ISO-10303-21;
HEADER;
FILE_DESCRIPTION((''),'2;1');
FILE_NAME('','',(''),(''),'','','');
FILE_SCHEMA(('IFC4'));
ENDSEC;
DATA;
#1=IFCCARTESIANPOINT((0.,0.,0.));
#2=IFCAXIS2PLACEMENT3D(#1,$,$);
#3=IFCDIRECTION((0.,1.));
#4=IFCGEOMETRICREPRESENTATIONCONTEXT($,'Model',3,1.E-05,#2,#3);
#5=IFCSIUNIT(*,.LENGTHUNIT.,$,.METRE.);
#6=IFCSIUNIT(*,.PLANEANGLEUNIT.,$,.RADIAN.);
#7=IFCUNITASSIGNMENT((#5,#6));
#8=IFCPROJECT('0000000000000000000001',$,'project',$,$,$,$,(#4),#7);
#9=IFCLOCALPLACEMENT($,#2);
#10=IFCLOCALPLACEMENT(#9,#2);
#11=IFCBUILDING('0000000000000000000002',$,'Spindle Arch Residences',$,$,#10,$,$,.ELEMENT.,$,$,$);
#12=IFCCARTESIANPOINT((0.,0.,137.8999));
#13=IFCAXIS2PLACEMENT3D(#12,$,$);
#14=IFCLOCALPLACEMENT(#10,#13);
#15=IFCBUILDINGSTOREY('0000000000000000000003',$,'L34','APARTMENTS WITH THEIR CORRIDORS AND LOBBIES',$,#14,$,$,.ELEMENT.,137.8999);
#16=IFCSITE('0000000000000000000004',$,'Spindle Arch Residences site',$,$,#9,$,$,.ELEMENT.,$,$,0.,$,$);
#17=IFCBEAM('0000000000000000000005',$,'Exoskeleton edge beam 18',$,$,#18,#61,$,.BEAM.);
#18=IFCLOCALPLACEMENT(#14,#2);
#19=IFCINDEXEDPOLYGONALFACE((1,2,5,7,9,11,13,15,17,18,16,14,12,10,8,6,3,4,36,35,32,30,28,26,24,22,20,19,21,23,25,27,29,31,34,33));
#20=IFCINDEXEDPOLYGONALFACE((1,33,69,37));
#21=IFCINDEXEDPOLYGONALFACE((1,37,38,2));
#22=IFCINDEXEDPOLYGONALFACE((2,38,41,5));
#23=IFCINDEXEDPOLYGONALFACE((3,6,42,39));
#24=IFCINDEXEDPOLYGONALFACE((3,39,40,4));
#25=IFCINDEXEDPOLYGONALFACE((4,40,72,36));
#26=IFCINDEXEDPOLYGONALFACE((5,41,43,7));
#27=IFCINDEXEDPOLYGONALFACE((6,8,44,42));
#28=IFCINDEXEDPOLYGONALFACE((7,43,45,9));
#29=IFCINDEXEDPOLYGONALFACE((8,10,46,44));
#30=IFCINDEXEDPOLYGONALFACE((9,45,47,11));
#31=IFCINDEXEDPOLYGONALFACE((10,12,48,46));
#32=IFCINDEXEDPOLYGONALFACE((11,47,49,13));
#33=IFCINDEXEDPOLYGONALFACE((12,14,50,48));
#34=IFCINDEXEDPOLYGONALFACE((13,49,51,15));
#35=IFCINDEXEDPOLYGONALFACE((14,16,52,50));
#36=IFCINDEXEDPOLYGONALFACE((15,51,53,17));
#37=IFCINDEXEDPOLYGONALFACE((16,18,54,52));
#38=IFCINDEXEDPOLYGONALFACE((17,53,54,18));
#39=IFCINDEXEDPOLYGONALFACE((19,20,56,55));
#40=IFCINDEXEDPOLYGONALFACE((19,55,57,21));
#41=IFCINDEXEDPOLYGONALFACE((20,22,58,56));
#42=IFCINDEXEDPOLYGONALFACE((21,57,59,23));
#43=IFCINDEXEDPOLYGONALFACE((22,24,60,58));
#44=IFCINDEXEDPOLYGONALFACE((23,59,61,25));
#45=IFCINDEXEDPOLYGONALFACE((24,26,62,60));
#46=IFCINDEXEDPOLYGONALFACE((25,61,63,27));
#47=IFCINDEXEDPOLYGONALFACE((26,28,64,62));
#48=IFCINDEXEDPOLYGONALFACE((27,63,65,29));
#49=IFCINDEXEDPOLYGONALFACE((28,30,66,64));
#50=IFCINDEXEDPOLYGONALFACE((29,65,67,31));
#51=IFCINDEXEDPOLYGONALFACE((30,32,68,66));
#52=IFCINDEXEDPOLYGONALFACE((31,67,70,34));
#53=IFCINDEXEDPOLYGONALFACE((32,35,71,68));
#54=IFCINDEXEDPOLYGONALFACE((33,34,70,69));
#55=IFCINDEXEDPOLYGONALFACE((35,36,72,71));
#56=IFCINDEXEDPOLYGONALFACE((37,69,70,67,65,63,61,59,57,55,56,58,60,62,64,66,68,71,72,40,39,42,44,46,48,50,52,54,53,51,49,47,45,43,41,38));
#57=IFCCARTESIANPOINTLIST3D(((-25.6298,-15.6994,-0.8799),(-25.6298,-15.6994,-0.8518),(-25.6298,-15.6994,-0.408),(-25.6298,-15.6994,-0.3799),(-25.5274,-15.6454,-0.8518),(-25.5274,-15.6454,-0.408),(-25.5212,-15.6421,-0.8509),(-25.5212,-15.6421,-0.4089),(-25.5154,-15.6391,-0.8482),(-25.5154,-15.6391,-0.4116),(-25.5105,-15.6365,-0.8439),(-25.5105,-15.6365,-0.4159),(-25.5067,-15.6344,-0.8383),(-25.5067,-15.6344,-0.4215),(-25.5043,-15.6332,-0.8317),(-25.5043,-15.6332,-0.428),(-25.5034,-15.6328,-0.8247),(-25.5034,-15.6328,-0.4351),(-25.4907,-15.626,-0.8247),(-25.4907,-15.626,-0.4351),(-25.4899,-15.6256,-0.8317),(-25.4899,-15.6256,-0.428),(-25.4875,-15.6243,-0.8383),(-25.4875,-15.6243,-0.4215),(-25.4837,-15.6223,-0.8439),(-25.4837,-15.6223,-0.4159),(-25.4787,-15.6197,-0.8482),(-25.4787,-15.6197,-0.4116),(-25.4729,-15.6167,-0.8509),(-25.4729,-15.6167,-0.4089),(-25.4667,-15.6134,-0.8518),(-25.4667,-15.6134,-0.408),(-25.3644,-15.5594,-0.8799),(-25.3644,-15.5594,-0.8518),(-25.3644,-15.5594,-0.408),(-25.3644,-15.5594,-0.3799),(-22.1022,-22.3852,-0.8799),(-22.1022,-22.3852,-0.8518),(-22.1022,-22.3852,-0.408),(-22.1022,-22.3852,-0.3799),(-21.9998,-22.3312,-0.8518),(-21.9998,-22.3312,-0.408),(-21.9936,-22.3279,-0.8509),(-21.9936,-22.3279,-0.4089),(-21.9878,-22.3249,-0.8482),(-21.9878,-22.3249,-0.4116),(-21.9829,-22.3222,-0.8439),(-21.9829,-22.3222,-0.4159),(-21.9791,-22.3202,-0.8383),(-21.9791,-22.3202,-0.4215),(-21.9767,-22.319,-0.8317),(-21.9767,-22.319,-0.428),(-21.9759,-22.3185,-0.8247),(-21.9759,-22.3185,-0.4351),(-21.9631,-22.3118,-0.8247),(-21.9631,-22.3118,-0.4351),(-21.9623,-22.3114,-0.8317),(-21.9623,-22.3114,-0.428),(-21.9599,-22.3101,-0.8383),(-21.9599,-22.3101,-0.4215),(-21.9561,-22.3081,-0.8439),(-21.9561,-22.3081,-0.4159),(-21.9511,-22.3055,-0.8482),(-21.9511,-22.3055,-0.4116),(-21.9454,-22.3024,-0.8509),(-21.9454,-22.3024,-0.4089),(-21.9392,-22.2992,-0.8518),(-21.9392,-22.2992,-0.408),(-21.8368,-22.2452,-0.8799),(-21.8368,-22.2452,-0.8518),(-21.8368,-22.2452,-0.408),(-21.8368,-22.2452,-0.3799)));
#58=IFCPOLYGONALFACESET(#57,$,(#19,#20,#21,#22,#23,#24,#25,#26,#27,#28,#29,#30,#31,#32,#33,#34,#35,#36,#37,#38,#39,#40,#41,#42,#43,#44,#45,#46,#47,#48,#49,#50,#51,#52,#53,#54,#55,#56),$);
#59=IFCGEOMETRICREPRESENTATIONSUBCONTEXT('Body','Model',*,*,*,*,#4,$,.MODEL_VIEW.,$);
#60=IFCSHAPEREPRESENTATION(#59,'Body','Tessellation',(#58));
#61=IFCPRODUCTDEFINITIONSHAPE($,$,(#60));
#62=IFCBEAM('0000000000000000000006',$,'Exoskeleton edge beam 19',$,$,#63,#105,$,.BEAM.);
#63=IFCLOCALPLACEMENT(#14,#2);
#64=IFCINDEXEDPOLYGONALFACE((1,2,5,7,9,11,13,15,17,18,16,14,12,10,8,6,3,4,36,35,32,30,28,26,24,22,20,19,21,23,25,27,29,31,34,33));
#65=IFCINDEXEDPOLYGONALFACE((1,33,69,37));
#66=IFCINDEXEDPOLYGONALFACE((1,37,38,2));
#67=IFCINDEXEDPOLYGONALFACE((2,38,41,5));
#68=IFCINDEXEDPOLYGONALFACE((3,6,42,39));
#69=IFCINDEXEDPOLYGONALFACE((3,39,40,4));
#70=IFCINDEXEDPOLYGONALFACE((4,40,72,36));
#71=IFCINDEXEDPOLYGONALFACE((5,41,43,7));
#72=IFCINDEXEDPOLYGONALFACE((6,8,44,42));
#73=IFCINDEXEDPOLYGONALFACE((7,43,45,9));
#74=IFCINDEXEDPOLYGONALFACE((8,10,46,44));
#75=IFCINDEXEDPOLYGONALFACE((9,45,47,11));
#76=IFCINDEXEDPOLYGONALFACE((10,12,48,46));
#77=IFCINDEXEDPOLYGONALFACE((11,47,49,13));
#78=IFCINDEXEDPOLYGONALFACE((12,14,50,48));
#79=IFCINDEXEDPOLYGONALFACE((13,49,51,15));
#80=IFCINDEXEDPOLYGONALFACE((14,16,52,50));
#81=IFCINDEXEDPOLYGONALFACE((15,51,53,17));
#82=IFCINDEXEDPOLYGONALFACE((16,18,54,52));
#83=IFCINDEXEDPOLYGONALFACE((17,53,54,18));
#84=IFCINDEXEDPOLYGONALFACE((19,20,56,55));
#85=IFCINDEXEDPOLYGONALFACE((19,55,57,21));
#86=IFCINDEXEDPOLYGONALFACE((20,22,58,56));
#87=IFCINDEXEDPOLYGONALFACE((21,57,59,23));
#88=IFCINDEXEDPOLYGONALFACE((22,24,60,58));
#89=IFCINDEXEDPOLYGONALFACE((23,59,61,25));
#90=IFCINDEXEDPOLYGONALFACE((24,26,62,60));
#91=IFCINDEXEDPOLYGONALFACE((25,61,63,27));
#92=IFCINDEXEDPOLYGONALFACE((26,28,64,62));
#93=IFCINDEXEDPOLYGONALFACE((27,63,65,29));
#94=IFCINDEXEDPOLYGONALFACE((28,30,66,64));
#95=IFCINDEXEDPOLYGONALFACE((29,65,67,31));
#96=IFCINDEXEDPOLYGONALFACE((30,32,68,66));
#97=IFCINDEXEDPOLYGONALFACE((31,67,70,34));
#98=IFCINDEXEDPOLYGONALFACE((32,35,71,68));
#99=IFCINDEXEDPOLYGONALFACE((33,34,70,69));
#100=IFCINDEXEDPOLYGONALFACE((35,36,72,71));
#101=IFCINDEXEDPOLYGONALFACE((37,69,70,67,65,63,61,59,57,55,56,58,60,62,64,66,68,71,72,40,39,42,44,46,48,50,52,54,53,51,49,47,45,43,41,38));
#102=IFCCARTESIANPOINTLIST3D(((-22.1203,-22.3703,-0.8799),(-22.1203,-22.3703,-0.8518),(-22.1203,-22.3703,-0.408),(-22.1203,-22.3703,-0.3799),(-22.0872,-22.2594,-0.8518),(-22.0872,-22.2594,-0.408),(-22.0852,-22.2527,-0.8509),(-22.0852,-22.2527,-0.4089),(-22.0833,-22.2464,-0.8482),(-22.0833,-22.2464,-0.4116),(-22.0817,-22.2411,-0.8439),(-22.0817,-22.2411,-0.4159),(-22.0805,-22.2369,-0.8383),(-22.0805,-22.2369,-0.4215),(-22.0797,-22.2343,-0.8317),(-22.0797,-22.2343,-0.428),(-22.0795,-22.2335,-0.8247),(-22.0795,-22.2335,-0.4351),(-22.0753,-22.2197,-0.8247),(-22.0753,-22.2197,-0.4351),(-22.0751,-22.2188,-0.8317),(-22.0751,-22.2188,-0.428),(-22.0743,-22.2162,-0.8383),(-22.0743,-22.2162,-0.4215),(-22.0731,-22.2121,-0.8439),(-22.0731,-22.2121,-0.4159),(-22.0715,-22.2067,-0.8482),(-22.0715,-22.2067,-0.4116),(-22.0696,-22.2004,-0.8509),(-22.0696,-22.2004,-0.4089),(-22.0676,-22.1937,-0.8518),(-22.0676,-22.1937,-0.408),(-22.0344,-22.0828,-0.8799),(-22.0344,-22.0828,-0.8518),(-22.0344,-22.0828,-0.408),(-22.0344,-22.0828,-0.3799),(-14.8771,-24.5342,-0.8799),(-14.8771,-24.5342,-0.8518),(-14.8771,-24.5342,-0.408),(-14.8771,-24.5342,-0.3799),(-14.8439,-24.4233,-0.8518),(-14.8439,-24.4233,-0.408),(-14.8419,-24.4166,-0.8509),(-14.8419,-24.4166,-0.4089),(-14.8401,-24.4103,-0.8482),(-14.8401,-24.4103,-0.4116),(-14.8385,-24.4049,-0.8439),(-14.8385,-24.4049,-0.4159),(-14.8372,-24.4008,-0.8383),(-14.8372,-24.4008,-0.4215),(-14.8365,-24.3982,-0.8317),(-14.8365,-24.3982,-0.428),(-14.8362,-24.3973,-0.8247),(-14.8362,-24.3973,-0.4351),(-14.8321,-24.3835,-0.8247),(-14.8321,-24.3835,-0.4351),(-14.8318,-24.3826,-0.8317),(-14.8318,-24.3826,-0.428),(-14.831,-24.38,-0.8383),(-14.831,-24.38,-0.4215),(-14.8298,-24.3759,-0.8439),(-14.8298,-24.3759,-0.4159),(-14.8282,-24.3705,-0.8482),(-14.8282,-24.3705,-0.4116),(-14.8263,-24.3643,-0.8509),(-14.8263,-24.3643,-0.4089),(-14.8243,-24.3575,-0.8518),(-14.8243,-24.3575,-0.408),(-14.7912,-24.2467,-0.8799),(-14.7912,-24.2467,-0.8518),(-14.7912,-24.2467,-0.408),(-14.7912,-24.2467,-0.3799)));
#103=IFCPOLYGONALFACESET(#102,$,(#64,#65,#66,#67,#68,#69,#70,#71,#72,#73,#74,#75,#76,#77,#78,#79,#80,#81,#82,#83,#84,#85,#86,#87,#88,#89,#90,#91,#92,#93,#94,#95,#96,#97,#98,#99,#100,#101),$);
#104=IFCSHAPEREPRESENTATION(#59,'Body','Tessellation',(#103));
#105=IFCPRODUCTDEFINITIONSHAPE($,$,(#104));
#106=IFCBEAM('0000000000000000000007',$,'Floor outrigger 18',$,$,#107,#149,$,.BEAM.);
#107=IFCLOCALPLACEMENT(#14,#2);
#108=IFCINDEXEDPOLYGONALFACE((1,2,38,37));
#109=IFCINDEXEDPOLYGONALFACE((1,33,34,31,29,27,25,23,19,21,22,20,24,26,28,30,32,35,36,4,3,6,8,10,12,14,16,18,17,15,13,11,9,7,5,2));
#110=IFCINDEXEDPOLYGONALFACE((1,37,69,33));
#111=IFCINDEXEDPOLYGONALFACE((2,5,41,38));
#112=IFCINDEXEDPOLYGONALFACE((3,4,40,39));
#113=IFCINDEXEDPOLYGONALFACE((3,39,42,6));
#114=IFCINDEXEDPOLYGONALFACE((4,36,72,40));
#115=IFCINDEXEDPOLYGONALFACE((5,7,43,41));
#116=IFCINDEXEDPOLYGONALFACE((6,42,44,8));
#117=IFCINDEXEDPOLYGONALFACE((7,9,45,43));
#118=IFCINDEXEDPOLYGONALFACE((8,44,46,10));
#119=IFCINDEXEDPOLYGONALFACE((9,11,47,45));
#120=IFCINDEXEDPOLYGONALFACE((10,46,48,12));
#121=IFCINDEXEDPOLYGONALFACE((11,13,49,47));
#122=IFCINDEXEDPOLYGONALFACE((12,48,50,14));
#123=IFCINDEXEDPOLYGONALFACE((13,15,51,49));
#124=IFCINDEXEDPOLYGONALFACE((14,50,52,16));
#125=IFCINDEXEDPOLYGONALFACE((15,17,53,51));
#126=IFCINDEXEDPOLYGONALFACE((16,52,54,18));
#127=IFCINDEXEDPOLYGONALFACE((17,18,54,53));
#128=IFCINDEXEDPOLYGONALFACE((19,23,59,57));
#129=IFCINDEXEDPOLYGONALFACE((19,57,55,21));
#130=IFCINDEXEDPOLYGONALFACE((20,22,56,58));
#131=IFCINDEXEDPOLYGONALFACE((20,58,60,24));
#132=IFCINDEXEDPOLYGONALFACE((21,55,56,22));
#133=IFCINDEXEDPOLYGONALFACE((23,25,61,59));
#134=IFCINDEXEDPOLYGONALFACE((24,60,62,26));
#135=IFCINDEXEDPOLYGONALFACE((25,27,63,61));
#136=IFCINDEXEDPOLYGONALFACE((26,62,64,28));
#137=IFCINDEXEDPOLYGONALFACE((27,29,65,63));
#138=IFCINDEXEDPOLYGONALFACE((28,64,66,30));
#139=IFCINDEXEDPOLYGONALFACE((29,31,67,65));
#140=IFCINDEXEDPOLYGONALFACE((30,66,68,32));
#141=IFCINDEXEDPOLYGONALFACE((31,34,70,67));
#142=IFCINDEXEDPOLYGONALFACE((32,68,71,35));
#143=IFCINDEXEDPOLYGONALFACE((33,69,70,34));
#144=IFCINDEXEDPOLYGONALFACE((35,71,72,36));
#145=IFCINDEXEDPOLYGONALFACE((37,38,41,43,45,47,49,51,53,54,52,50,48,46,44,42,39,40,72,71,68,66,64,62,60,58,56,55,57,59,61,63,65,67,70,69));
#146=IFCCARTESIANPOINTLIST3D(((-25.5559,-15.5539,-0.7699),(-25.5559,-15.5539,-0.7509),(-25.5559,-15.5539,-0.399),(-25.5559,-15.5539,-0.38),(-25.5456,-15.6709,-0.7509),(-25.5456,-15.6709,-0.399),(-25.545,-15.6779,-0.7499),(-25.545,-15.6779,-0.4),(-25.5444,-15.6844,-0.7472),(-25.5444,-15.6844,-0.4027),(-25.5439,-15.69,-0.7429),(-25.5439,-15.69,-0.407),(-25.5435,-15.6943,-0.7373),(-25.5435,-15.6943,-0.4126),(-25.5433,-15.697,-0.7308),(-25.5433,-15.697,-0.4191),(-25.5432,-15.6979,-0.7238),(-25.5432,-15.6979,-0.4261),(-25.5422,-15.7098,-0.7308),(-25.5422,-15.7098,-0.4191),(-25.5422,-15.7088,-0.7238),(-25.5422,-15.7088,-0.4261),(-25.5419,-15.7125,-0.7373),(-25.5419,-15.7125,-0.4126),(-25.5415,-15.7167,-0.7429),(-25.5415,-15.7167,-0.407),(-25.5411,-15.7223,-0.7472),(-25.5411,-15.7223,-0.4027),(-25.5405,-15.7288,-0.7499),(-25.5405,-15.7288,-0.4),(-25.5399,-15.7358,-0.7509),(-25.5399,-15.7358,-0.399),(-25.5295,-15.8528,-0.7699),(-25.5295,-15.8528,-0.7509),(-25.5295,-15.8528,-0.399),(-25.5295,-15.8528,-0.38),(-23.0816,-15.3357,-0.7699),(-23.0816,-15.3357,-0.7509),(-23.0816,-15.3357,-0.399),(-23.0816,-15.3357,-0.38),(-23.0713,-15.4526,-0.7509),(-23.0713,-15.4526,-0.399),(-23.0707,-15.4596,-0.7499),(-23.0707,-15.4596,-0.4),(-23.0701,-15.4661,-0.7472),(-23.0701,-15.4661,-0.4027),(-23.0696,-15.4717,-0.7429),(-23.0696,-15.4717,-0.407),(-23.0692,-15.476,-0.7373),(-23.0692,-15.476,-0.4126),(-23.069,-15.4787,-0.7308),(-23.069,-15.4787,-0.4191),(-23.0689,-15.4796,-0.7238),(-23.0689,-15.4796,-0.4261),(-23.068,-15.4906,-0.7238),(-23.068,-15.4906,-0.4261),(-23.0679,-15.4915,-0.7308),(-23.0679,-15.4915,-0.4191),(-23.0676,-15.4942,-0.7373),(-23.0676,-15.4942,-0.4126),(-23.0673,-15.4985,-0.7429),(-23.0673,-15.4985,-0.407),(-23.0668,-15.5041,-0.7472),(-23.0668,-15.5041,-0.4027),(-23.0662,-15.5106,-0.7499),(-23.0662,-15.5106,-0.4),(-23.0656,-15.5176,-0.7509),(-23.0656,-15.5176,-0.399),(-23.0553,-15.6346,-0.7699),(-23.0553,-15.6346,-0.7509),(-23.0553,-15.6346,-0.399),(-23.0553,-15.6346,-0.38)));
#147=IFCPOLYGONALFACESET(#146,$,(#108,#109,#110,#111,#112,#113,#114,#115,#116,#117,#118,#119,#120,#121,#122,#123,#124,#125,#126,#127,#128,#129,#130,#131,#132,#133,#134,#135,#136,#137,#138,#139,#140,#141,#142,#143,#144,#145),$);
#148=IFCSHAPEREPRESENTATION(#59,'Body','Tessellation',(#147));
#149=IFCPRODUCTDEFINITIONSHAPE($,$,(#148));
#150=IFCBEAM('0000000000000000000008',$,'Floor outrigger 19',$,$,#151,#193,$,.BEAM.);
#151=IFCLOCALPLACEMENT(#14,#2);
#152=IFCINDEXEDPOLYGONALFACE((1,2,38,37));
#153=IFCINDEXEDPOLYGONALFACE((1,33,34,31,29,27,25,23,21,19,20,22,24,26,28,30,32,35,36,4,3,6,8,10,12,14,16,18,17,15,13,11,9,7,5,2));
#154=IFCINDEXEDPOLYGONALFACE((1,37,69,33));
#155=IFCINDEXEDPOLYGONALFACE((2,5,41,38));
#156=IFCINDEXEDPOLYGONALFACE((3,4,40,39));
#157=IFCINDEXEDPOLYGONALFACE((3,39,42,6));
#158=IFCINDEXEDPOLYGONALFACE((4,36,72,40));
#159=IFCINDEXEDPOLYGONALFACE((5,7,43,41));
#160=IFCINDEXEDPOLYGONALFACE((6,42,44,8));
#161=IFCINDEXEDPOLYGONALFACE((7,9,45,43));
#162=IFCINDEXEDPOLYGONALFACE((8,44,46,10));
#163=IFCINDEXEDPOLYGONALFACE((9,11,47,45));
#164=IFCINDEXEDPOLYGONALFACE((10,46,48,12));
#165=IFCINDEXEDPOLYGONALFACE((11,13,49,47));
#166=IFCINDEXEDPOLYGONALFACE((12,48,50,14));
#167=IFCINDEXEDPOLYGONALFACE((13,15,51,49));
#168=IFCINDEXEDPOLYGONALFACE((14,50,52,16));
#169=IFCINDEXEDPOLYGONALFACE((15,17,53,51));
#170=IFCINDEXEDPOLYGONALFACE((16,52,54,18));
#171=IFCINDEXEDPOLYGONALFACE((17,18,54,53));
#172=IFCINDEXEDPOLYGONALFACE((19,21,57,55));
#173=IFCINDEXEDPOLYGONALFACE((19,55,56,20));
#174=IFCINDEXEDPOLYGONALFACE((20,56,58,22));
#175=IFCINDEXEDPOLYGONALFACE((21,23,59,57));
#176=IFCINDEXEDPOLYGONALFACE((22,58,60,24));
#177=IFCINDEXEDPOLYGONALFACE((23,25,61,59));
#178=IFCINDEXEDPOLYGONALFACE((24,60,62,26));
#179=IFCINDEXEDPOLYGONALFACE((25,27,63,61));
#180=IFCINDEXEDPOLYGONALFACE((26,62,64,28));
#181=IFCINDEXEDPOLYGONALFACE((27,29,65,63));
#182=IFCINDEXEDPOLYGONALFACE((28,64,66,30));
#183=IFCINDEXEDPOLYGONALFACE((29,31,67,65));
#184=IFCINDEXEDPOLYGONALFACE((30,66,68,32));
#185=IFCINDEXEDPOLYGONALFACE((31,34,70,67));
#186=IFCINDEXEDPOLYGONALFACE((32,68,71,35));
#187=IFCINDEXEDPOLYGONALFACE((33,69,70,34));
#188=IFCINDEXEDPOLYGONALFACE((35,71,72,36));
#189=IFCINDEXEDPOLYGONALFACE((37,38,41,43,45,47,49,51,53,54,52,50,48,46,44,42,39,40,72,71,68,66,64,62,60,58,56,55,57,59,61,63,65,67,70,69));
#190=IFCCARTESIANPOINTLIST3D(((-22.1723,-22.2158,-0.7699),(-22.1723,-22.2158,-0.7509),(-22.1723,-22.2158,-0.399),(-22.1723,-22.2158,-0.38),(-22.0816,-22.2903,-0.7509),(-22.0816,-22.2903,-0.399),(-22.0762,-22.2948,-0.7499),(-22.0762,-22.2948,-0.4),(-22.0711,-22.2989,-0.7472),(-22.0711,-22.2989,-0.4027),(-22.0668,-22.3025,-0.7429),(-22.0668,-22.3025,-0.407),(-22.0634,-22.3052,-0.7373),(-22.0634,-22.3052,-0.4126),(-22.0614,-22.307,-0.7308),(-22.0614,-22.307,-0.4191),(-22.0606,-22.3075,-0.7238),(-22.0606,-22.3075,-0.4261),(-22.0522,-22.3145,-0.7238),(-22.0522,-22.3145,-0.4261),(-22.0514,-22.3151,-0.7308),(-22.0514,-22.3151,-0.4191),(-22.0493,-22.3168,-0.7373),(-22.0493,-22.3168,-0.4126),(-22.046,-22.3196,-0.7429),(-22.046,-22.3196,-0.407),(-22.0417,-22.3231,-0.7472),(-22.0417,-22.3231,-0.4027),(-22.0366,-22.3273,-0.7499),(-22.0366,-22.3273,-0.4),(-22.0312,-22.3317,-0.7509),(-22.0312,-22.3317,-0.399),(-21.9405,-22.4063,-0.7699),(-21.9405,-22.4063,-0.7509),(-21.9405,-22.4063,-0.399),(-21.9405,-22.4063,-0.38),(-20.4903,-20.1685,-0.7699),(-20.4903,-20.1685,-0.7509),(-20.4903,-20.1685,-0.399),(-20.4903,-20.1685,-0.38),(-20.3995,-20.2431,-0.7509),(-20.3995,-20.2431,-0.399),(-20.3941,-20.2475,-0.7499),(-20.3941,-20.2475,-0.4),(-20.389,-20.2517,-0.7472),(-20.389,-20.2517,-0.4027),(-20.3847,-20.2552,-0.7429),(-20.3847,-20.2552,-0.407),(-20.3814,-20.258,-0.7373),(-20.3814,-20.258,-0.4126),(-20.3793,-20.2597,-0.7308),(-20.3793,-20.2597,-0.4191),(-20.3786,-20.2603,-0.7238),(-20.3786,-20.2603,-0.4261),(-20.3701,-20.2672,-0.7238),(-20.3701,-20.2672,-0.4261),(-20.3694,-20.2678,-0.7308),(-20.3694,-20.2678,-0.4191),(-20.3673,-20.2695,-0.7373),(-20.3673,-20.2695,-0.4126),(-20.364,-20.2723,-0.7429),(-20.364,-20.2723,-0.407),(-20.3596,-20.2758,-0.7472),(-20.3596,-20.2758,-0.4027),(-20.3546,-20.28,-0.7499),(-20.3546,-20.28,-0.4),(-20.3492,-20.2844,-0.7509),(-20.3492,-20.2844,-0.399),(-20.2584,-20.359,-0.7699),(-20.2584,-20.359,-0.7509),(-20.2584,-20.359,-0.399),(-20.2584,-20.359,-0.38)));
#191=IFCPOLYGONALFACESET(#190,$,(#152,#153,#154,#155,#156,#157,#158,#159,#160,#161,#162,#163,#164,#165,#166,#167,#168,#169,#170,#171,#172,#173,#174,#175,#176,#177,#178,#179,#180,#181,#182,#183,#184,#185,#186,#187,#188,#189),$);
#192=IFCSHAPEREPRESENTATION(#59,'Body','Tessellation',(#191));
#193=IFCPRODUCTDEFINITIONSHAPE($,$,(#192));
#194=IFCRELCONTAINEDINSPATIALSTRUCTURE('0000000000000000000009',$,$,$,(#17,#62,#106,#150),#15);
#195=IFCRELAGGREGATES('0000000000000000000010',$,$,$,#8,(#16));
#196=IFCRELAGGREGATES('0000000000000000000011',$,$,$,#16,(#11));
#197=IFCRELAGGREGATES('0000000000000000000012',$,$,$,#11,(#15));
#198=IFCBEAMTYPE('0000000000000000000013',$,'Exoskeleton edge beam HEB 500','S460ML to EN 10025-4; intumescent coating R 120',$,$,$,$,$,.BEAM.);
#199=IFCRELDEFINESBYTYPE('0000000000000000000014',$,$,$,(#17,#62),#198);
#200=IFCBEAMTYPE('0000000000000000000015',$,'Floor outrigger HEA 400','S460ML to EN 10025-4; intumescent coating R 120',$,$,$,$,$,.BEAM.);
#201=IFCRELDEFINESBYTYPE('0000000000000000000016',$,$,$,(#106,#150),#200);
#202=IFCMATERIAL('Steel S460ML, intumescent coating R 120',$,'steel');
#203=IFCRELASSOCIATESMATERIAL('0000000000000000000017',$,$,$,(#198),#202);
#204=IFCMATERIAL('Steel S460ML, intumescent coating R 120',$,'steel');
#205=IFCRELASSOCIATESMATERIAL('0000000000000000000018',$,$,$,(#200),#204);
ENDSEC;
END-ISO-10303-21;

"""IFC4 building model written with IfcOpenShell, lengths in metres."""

from ifc_helpers import new_model, si_unit, direction, frame, origin, origin_2d, place, context, subcontext, project, spatial, i_section, extrude, material, material_profile, profile_set, type_object, element, save


model = new_model("IFC4")

# Units and contexts
model_context = context("Model", 3, precision=1e-05, world=origin(), true_north=direction((0.0, 1.0)))
body_context = subcontext(model_context, "Body", "Model", "MODEL_VIEW")
ifc_project = project(units=[si_unit("LENGTHUNIT", "METRE"), si_unit("PLANEANGLEUNIT", "RADIAN")], contexts=[model_context])

# Site, building, storey
site_placement = place(None, origin())
site = spatial("IfcSite", under=ifc_project, at=site_placement, Name="Spindle Arch Residences site", CompositionType="ELEMENT", RefElevation=0.0)
building_placement = place(site_placement, origin())
building = spatial("IfcBuilding", under=site, at=building_placement, Name="Spindle Arch Residences", CompositionType="ELEMENT")
storey_placement = place(building_placement, frame((0.0, 0.0, 137.8999)))
storey = spatial("IfcBuildingStorey", under=building, at=storey_placement, Name="L34", Description="APARTMENTS WITH THEIR CORRIDORS AND LOBBIES", CompositionType="ELEMENT", Elevation=137.8999)

# Beams
ifc_material_1 = material(Name="Steel S460ML, intumescent coating R 120", Category="steel")
ifc_material_profile_1 = material_profile(ifc_material_1, i_section(OverallWidth=0.3, OverallDepth=0.5, WebThickness=0.0144, FlangeThickness=0.0281, FilletRadius=0.0271, at=origin_2d()), Name="HEB 500")
ifc_profile_set_1 = profile_set([ifc_material_profile_1], Name="Steel S460ML, intumescent coating R 120")
beam_type_1 = type_object("IfcBeamType", Name="Exoskeleton edge beam HEB 500", Description="S460ML to EN 10025-4; intumescent coating R 120", PredefinedType="BEAM", material=ifc_profile_set_1)
beam_1_placement = place(storey_placement, frame((-25.4971, -15.6294, -0.6299), z_axis=(0.466653, -0.884441, 0.0), x_axis=(0.884441, 0.466653, 0.0)))
element("IfcBeam", 1, at=beam_1_placement, inside=storey, type_object=beam_type_1, Name="Exoskeleton edge beam 18", PredefinedType="BEAM", context=body_context, shape_type="SweptSolid", body=[
    extrude(i_section(OverallWidth=0.3, OverallDepth=0.5, WebThickness=0.0144, FlangeThickness=0.0281, FilletRadius=0.0271, at=origin_2d()), origin(), (0.0, 0.0, 1.0), 7.5593),
])
beam_2_placement = place(storey_placement, frame((-22.0774, -22.2266, -0.6299), z_axis=(0.958158, -0.28624, 0.0), x_axis=(0.28624, 0.958158, 0.0)))
element("IfcBeam", 2, at=beam_2_placement, inside=storey, type_object=beam_type_1, Name="Exoskeleton edge beam 19", PredefinedType="BEAM", context=body_context, shape_type="SweptSolid", body=[
    extrude(i_section(OverallWidth=0.3, OverallDepth=0.5, WebThickness=0.0144, FlangeThickness=0.0281, FilletRadius=0.0271, at=origin_2d()), origin(), (0.0, 0.0, 1.0), 7.5596),
])
ifc_material_2 = material(Name="Steel S460ML, intumescent coating R 120", Category="steel")
ifc_material_profile_2 = material_profile(ifc_material_2, i_section(OverallWidth=0.3, OverallDepth=0.3899, WebThickness=0.011, FlangeThickness=0.019, FilletRadius=0.0271, at=origin_2d()), Name="HEA 400")
ifc_profile_set_2 = profile_set([ifc_material_profile_2], Name="Steel S460ML, intumescent coating R 120")
beam_type_2 = type_object("IfcBeamType", Name="Floor outrigger HEA 400", Description="S460ML to EN 10025-4; intumescent coating R 120", PredefinedType="BEAM", material=ifc_profile_set_2)
beam_3_placement = place(storey_placement, frame((-25.5427, -15.7034, -0.575), z_axis=(0.996132, 0.087868, 0.0), x_axis=(-0.087868, 0.996132, 0.0)))
element("IfcBeam", 3, at=beam_3_placement, inside=storey, type_object=beam_type_2, Name="Floor outrigger 18", PredefinedType="BEAM", context=body_context, shape_type="SweptSolid", body=[
    extrude(i_section(OverallWidth=0.3, OverallDepth=0.3899, WebThickness=0.011, FlangeThickness=0.019, FilletRadius=0.0271, at=origin_2d()), origin(), (0.0, 0.0, 1.0), 2.4839),
])
beam_4_placement = place(storey_placement, frame((-22.0564, -22.311, -0.575), z_axis=(0.634822, 0.772658, 0.0), x_axis=(-0.772658, 0.634822, 0.0)))
element("IfcBeam", 4, at=beam_4_placement, inside=storey, type_object=beam_type_2, Name="Floor outrigger 19", PredefinedType="BEAM", context=body_context, shape_type="SweptSolid", body=[
    extrude(i_section(OverallWidth=0.3, OverallDepth=0.3899, WebThickness=0.011, FlangeThickness=0.019, FilletRadius=0.0271, at=origin_2d()), origin(), (0.0, 0.0, 1.0), 2.6497),
])

save(model, "model.ifc")
